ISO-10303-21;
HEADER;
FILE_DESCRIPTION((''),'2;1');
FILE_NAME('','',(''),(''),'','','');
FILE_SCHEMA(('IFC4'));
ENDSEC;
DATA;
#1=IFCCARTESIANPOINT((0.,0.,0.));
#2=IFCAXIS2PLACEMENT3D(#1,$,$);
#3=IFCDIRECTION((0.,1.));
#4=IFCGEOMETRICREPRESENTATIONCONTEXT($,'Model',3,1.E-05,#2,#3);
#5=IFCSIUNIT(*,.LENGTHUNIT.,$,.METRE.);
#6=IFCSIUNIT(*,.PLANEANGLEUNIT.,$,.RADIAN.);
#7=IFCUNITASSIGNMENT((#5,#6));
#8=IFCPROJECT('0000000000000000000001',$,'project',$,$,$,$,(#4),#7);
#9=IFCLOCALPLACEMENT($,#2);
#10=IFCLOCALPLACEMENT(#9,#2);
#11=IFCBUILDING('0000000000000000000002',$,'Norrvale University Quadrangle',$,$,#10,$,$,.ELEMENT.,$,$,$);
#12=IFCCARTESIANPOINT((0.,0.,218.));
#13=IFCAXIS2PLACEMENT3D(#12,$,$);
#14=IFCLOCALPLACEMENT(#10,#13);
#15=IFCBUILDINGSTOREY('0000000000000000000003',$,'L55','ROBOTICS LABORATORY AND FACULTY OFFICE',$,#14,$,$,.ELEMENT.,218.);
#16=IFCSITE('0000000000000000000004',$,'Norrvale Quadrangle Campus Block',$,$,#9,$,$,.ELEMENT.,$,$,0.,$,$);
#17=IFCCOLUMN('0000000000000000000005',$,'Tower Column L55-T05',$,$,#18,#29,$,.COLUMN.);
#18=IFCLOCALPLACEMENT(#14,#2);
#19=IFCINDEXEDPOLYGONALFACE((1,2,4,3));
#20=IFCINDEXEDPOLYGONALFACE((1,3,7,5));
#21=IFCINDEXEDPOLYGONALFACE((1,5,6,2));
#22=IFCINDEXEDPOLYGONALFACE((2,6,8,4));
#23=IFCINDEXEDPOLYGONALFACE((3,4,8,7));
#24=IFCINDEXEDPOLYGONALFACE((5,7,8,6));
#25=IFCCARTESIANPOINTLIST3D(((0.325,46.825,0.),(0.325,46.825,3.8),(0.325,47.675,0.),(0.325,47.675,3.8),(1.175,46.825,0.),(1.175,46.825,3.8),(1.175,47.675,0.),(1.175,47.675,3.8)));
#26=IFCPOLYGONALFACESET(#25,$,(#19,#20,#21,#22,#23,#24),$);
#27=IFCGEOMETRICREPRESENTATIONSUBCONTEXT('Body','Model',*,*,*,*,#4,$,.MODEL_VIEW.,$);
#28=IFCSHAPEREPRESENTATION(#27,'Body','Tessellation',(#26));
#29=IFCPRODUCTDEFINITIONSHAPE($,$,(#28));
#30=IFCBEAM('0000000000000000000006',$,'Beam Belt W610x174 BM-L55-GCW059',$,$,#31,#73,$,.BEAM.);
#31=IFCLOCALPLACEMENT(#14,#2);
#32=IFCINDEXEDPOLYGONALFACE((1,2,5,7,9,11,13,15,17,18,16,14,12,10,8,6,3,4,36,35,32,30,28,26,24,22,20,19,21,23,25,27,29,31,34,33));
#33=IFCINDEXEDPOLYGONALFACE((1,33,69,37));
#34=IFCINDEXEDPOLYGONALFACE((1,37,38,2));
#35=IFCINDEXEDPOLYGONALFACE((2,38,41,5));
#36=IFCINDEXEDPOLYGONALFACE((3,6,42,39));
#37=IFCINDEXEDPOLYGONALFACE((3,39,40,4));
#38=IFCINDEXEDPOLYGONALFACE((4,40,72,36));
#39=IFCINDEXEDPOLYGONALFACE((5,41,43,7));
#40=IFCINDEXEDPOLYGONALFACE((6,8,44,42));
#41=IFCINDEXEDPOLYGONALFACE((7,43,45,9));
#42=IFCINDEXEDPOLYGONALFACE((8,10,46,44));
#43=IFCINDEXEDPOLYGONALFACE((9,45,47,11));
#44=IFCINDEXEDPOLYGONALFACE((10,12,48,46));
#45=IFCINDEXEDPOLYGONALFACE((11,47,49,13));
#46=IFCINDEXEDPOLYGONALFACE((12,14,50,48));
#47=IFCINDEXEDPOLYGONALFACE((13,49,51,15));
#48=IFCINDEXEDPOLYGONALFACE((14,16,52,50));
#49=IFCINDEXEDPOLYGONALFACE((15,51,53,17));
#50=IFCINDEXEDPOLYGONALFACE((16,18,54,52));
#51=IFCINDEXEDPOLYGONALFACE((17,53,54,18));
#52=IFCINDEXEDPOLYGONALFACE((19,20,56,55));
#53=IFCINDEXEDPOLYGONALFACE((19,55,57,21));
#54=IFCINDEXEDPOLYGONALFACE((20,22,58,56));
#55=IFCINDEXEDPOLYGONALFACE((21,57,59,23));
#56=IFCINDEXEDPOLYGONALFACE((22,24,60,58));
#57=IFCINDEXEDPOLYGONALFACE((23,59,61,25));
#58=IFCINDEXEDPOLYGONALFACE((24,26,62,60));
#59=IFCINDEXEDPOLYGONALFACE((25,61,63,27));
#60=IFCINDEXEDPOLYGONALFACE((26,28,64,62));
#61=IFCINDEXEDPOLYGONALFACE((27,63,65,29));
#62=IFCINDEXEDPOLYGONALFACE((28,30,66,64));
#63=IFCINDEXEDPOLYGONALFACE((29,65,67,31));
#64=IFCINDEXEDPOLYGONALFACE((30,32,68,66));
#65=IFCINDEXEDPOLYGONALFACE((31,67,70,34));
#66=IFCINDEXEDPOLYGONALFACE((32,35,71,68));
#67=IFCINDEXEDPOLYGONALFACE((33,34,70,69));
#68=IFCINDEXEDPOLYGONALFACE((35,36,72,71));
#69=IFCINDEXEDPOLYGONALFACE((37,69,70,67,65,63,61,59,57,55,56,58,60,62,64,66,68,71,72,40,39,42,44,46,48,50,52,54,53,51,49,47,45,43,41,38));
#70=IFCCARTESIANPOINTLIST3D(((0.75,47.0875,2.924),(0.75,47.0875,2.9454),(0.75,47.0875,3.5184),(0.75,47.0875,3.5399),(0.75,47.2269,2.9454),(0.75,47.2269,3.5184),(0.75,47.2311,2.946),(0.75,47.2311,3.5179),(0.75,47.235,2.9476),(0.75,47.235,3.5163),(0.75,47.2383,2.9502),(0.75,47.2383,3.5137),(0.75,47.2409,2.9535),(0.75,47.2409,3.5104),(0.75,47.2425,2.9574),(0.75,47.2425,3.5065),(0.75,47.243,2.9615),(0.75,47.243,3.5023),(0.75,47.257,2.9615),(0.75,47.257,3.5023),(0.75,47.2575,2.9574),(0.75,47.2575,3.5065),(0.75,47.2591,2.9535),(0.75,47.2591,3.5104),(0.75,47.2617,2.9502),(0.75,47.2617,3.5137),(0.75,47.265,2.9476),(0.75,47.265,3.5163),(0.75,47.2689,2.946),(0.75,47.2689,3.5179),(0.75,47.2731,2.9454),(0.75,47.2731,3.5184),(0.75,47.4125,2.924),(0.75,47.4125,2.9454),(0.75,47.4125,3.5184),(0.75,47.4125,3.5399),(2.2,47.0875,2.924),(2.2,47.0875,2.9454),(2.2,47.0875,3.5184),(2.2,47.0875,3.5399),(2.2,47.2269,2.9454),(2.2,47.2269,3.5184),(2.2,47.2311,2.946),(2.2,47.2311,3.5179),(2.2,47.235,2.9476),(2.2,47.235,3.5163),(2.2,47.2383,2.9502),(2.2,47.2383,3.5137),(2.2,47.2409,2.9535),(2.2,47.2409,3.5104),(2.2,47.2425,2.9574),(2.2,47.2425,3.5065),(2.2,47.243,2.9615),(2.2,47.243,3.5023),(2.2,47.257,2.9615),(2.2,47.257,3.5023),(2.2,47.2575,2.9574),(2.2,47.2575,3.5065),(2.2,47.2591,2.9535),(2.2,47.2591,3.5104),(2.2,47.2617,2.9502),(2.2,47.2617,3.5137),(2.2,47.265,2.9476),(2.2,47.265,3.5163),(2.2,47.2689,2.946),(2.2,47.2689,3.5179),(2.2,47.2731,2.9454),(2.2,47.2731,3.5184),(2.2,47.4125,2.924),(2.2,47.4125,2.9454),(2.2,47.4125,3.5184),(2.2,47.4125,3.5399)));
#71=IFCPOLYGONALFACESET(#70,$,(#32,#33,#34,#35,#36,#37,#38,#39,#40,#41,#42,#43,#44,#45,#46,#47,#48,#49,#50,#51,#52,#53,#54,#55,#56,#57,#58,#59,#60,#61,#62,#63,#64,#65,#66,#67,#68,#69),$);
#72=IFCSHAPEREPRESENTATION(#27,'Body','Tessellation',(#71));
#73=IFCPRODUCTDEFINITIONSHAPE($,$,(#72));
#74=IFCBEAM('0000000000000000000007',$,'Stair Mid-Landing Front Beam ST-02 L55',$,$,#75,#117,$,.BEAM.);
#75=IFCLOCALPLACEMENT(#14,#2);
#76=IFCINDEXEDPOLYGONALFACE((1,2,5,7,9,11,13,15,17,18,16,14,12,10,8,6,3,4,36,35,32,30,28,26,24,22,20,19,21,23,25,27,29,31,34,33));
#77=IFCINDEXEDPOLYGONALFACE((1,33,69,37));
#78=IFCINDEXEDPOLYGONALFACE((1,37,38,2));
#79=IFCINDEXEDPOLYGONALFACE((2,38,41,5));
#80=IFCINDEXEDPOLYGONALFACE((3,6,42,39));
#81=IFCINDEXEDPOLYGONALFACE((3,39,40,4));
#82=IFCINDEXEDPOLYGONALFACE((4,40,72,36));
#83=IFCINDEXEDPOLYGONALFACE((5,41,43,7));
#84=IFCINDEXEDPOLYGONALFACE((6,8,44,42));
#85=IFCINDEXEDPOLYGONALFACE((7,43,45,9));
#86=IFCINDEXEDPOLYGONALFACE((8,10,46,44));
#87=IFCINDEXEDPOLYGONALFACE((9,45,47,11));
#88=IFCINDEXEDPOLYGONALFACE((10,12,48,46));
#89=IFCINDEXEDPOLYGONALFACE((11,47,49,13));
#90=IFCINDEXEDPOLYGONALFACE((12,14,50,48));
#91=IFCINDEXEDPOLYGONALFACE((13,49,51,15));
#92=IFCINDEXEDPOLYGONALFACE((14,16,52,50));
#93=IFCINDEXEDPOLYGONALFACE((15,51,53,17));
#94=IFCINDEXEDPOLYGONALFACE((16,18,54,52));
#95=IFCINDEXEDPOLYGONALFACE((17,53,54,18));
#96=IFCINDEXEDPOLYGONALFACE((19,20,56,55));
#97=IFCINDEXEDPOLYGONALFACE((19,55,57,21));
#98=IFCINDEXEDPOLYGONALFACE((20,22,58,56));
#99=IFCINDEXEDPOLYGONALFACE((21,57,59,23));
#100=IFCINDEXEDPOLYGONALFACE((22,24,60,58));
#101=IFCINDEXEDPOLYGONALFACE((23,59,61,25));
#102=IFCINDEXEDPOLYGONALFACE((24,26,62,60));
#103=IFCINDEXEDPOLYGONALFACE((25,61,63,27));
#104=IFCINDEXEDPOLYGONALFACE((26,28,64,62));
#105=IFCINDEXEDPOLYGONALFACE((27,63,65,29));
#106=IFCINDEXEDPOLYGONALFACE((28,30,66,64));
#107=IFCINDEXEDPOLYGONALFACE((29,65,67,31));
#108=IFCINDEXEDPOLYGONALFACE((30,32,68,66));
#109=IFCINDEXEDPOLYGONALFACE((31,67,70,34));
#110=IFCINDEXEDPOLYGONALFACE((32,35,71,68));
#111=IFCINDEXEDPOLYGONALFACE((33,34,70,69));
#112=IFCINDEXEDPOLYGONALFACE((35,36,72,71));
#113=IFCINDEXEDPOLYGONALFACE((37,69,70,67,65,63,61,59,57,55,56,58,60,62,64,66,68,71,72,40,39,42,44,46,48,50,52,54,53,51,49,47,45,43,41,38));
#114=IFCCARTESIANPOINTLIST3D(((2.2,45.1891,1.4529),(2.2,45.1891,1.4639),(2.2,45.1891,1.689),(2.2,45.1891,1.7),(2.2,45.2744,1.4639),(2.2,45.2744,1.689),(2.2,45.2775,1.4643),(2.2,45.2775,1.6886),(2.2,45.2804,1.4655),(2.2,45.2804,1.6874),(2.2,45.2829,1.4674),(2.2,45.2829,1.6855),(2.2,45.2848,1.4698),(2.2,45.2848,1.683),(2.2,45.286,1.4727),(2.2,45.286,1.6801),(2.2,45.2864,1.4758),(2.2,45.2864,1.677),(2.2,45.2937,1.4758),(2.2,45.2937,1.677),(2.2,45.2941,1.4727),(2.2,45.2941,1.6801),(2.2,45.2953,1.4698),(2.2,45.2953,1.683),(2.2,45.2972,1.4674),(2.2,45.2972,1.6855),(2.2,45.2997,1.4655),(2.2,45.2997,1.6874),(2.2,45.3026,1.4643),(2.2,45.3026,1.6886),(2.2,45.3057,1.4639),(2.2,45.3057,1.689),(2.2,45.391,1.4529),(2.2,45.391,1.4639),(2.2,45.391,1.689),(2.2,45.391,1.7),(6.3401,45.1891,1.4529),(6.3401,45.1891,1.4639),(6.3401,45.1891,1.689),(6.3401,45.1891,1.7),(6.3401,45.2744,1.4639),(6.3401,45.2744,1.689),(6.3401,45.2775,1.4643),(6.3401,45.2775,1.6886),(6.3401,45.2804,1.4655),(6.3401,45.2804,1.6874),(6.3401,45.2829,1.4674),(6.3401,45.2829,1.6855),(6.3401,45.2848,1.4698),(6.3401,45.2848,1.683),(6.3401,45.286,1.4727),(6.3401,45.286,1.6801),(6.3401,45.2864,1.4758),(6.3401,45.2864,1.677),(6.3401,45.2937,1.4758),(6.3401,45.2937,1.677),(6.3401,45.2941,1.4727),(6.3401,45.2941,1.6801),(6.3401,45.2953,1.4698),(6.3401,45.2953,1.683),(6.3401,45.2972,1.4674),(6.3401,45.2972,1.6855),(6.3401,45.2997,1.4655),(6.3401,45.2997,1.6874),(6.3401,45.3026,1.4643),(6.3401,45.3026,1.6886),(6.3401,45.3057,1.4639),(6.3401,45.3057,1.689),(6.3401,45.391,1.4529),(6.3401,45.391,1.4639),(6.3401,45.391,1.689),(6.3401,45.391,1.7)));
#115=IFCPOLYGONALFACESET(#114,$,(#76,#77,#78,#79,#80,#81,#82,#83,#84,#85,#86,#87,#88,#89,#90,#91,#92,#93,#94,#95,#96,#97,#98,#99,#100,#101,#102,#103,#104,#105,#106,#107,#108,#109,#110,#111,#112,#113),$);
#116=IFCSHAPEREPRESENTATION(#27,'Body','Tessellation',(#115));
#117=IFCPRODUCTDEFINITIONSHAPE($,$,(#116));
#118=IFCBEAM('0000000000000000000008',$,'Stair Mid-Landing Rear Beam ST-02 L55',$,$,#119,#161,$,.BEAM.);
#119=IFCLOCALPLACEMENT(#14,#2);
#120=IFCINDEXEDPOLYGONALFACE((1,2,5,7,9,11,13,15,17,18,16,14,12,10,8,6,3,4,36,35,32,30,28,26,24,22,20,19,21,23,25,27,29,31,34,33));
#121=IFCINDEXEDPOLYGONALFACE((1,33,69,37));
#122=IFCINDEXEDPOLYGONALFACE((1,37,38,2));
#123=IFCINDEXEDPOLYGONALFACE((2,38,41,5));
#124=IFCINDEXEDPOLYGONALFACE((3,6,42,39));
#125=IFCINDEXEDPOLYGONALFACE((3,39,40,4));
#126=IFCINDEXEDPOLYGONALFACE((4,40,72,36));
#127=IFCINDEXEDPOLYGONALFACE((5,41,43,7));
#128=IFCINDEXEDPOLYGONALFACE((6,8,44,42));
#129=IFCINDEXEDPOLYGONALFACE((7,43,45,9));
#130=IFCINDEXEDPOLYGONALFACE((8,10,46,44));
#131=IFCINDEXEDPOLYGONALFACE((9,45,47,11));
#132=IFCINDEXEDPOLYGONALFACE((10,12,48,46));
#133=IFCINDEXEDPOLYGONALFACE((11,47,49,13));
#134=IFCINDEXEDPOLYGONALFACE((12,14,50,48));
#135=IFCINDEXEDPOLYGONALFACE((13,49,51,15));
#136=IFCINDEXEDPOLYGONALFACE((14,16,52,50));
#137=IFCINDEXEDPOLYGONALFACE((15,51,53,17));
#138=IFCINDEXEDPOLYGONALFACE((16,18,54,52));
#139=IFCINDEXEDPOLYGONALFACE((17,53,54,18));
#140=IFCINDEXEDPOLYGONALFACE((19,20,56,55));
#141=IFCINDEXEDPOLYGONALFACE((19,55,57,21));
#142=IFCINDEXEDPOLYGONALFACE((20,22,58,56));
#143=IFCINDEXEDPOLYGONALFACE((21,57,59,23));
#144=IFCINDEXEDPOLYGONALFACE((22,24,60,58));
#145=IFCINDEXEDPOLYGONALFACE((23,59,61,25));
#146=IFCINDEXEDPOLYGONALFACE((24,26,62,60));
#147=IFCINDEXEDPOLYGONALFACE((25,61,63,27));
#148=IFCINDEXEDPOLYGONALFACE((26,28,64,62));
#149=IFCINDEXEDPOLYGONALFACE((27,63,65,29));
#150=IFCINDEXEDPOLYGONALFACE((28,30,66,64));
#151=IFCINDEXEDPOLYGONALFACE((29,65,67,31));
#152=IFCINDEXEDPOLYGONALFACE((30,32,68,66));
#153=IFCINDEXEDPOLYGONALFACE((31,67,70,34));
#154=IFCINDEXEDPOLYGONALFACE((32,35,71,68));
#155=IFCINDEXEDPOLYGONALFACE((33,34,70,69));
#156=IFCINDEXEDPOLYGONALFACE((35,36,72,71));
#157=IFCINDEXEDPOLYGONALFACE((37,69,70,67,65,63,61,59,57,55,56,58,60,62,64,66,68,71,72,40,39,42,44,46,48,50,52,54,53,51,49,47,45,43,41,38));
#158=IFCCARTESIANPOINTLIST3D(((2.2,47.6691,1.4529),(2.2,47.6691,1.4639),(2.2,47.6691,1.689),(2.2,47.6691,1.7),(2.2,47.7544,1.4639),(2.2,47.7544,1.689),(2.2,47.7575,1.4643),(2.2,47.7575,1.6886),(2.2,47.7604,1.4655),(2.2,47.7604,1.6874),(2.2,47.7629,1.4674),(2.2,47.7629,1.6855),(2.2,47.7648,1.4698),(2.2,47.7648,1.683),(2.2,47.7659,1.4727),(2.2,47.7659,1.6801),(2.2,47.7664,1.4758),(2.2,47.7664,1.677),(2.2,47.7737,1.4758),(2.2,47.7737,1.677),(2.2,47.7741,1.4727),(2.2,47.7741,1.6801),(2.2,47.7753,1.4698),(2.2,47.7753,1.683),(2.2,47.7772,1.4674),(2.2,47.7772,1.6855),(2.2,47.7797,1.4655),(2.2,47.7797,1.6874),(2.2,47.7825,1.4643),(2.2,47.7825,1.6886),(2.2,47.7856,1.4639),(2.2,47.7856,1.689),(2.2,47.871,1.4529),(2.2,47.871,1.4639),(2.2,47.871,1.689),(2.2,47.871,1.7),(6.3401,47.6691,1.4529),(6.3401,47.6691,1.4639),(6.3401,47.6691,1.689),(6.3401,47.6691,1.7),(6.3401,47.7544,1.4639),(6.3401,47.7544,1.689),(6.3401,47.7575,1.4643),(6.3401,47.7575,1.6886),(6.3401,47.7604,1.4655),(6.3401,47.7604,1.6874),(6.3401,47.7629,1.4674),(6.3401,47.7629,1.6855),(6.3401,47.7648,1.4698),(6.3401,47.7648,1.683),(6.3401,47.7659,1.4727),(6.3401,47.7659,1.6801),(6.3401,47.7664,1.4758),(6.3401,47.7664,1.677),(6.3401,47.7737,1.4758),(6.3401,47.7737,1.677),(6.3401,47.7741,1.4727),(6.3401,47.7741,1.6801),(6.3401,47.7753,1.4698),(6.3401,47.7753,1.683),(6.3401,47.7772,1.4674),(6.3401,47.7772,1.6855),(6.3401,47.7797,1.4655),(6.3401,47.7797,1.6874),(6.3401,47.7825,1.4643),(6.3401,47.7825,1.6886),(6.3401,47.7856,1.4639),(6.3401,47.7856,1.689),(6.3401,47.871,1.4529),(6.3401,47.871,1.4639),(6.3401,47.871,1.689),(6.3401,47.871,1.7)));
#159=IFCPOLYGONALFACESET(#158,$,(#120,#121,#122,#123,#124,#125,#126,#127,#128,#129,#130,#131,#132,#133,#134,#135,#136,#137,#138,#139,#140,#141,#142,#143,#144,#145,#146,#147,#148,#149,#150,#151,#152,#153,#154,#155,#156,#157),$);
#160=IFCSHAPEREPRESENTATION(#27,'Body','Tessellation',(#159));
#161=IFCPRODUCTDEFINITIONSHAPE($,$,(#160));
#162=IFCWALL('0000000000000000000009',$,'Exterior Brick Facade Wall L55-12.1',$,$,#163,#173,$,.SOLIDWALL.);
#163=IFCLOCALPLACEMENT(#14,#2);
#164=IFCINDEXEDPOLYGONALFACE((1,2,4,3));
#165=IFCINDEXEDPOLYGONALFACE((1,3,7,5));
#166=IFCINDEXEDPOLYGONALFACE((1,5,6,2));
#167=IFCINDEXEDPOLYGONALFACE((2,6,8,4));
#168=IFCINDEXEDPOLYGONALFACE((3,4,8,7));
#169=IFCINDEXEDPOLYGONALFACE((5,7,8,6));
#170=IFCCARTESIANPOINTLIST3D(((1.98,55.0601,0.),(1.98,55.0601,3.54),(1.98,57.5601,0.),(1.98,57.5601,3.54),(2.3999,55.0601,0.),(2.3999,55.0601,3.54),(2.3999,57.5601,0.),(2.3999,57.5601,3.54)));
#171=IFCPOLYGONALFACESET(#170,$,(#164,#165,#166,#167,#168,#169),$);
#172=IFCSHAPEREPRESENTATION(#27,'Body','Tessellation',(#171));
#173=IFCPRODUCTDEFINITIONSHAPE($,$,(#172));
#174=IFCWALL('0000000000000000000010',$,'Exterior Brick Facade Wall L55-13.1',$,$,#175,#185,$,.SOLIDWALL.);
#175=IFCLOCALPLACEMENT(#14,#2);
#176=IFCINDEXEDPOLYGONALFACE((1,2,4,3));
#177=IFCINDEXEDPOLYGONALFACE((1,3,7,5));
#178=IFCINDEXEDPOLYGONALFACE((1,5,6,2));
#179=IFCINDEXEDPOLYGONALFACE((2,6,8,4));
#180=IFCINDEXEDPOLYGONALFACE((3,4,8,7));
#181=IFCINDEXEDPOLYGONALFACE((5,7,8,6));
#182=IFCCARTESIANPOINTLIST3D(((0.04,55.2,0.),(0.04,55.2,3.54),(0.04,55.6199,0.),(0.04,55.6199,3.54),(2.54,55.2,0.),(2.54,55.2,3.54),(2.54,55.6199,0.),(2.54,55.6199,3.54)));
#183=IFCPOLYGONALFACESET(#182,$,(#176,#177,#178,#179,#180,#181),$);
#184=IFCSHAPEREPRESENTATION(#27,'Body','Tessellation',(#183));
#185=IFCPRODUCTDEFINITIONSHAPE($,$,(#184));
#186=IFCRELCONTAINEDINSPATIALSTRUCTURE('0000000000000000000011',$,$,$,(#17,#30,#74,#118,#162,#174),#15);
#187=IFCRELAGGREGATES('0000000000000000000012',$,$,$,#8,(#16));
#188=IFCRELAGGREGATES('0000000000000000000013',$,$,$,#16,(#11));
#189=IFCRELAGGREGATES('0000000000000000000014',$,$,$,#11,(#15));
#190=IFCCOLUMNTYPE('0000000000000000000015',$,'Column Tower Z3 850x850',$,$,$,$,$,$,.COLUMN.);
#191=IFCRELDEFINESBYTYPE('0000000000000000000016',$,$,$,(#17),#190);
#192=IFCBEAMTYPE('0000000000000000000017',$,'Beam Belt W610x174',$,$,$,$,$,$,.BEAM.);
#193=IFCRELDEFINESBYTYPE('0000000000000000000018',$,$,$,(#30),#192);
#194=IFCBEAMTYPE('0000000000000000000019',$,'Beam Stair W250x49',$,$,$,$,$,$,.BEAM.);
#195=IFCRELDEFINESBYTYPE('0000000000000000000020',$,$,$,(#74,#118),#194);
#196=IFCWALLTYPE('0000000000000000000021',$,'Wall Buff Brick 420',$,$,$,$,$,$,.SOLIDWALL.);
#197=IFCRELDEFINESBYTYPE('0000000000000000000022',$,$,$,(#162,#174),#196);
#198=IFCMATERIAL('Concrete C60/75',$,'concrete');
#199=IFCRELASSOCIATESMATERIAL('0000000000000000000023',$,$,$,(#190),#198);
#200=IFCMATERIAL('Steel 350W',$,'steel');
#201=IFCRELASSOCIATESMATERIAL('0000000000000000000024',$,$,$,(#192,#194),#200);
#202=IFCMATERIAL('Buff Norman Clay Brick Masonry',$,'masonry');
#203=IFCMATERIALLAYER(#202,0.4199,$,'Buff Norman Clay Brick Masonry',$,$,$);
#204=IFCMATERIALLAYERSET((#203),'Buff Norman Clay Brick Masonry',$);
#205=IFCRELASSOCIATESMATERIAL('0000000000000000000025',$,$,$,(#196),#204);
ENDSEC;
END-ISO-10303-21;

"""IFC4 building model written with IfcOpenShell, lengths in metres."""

from ifc_helpers import new_model, si_unit, direction, frame, frame_2d, origin, origin_2d, place, context, subcontext, project, spatial, rectangle, i_section, extrude, material, layer, layer_set, material_profile, profile_set, type_object, element, save


model = new_model("IFC4")

# Units and contexts
model_context = context("Model", 3, precision=1e-05, world=origin(), true_north=direction((0.0, 1.0)))
body_context = subcontext(model_context, "Body", "Model", "MODEL_VIEW")
ifc_project = project(units=[si_unit("LENGTHUNIT", "METRE"), si_unit("PLANEANGLEUNIT", "RADIAN")], contexts=[model_context])

# Site, building, storey
site_placement = place(None, origin())
site = spatial("IfcSite", under=ifc_project, at=site_placement, Name="Norrvale Quadrangle Campus Block", CompositionType="ELEMENT", RefElevation=0.0)
building_placement = place(site_placement, origin())
building = spatial("IfcBuilding", under=site, at=building_placement, Name="Norrvale University Quadrangle", CompositionType="ELEMENT")
storey_placement = place(building_placement, frame((0.0, 0.0, 218.0)))
storey = spatial("IfcBuildingStorey", under=building, at=storey_placement, Name="L55", Description="ROBOTICS LABORATORY AND FACULTY OFFICE", CompositionType="ELEMENT", Elevation=218.0)

# Column
ifc_material_1 = material(Name="Concrete C60/75", Category="concrete")
ifc_material_profile_1 = material_profile(ifc_material_1, rectangle(XDim=0.8501, YDim=0.8501, at=origin_2d()), Name="Concrete C60/75")
ifc_profile_set_1 = profile_set([ifc_material_profile_1], Name="Concrete C60/75")
column_type = type_object("IfcColumnType", Name="Column Tower Z3 850x850", PredefinedType="COLUMN", material=ifc_profile_set_1)
column_placement = place(storey_placement, frame((0.75, 47.25, 0.0), z_axis=(0.0, 0.0, 1.0), x_axis=(1.0, 0.0, 0.0)))
element("IfcColumn", 1, at=column_placement, inside=storey, type_object=column_type, Name="Tower Column L55-T05", PredefinedType="COLUMN", context=body_context, shape_type="SweptSolid", body=[
    extrude(rectangle(XDim=0.8501, YDim=0.8501, at=origin_2d()), origin(), (0.0, 0.0, 1.0), 3.8),
])

# Beams
ifc_material_2 = material(Name="Steel 350W", Category="steel")
ifc_material_profile_2 = material_profile(ifc_material_2, i_section(OverallWidth=0.325, OverallDepth=0.616, WebThickness=0.0139, FlangeThickness=0.0215, FilletRadius=0.0161, at=origin_2d()), Name="Steel 350W")
ifc_profile_set_2 = profile_set([ifc_material_profile_2], Name="Steel 350W")
beam_type_1 = type_object("IfcBeamType", Name="Beam Belt W610x174", PredefinedType="BEAM", material=ifc_profile_set_2)
beam_placement = place(storey_placement, frame((0.75, 47.25, 3.2319), z_axis=(1.0, 0.0, 0.0), x_axis=(0.0, 1.0, 0.0)))
element("IfcBeam", 2, at=beam_placement, inside=storey, type_object=beam_type_1, Name="Beam Belt W610x174 BM-L55-GCW059", PredefinedType="BEAM", context=body_context, shape_type="SweptSolid", body=[
    extrude(i_section(OverallWidth=0.325, OverallDepth=0.616, WebThickness=0.0139, FlangeThickness=0.0215, FilletRadius=0.0161, at=origin_2d()), origin(), (0.0, 0.0, 1.0), 1.45),
])
ifc_material_profile_3 = material_profile(ifc_material_2, i_section(OverallWidth=0.2019, OverallDepth=0.2471, WebThickness=0.0073, FlangeThickness=0.011, FilletRadius=0.012, at=origin_2d()), Name="Steel 350W")
ifc_profile_set_3 = profile_set([ifc_material_profile_3], Name="Steel 350W")
beam_type_2 = type_object("IfcBeamType", Name="Beam Stair W250x49", PredefinedType="BEAM", material=ifc_profile_set_3)
for number, where, z_axis, x_axis, name in (
    (3, (2.2, 45.29, 1.5764), (1.0, 0.0, 0.0), (0.0, 1.0, 0.0), "Stair Mid-Landing Front Beam ST-02 L55"),
    (4, (2.2, 47.77, 1.5764), (1.0, 0.0, 0.0), (0.0, 1.0, 0.0), "Stair Mid-Landing Rear Beam ST-02 L55"),
):
    element("IfcBeam", number, at=place(storey_placement, frame(where, z_axis=z_axis, x_axis=x_axis)), inside=storey, type_object=beam_type_2, Name=name, PredefinedType="BEAM", context=body_context, shape_type="SweptSolid", body=[
        extrude(i_section(OverallWidth=0.2019, OverallDepth=0.2471, WebThickness=0.0073, FlangeThickness=0.011, FilletRadius=0.012, at=origin_2d()), origin(), (0.0, 0.0, 1.0), 4.1401),
    ])

# Walls
ifc_material_3 = material(Name="Buff Norman Clay Brick Masonry", Category="masonry")
ifc_layer_1 = layer(ifc_material_3, 0.4199, Name="Buff Norman Clay Brick Masonry")
ifc_layer_set_1 = layer_set([ifc_layer_1], Name="Buff Norman Clay Brick Masonry")
wall_type_1 = type_object("IfcWallType", Name="Wall Buff Brick 420", PredefinedType="SOLIDWALL", material=ifc_layer_set_1)
for number, where, z_axis, x_axis, name in (
    (5, (2.1899, 57.5601, 0.0), (0.0, 0.0, 1.0), (0.0, -1.0, 0.0), "Exterior Brick Facade Wall L55-12.1"),
    (6, (2.54, 55.4099, 0.0), (0.0, 0.0, 1.0), (-1.0, 0.0, 0.0), "Exterior Brick Facade Wall L55-13.1"),
):
    element("IfcWall", number, at=place(storey_placement, frame(where, z_axis=z_axis, x_axis=x_axis)), inside=storey, type_object=wall_type_1, Name=name, PredefinedType="SOLIDWALL", context=body_context, shape_type="SweptSolid", body=[
        extrude(rectangle(XDim=2.5, YDim=0.4199, at=frame_2d((1.25, 0.0))), origin(), (0.0, 0.0, 1.0), 3.54),
    ])

save(model, "model.ifc")
